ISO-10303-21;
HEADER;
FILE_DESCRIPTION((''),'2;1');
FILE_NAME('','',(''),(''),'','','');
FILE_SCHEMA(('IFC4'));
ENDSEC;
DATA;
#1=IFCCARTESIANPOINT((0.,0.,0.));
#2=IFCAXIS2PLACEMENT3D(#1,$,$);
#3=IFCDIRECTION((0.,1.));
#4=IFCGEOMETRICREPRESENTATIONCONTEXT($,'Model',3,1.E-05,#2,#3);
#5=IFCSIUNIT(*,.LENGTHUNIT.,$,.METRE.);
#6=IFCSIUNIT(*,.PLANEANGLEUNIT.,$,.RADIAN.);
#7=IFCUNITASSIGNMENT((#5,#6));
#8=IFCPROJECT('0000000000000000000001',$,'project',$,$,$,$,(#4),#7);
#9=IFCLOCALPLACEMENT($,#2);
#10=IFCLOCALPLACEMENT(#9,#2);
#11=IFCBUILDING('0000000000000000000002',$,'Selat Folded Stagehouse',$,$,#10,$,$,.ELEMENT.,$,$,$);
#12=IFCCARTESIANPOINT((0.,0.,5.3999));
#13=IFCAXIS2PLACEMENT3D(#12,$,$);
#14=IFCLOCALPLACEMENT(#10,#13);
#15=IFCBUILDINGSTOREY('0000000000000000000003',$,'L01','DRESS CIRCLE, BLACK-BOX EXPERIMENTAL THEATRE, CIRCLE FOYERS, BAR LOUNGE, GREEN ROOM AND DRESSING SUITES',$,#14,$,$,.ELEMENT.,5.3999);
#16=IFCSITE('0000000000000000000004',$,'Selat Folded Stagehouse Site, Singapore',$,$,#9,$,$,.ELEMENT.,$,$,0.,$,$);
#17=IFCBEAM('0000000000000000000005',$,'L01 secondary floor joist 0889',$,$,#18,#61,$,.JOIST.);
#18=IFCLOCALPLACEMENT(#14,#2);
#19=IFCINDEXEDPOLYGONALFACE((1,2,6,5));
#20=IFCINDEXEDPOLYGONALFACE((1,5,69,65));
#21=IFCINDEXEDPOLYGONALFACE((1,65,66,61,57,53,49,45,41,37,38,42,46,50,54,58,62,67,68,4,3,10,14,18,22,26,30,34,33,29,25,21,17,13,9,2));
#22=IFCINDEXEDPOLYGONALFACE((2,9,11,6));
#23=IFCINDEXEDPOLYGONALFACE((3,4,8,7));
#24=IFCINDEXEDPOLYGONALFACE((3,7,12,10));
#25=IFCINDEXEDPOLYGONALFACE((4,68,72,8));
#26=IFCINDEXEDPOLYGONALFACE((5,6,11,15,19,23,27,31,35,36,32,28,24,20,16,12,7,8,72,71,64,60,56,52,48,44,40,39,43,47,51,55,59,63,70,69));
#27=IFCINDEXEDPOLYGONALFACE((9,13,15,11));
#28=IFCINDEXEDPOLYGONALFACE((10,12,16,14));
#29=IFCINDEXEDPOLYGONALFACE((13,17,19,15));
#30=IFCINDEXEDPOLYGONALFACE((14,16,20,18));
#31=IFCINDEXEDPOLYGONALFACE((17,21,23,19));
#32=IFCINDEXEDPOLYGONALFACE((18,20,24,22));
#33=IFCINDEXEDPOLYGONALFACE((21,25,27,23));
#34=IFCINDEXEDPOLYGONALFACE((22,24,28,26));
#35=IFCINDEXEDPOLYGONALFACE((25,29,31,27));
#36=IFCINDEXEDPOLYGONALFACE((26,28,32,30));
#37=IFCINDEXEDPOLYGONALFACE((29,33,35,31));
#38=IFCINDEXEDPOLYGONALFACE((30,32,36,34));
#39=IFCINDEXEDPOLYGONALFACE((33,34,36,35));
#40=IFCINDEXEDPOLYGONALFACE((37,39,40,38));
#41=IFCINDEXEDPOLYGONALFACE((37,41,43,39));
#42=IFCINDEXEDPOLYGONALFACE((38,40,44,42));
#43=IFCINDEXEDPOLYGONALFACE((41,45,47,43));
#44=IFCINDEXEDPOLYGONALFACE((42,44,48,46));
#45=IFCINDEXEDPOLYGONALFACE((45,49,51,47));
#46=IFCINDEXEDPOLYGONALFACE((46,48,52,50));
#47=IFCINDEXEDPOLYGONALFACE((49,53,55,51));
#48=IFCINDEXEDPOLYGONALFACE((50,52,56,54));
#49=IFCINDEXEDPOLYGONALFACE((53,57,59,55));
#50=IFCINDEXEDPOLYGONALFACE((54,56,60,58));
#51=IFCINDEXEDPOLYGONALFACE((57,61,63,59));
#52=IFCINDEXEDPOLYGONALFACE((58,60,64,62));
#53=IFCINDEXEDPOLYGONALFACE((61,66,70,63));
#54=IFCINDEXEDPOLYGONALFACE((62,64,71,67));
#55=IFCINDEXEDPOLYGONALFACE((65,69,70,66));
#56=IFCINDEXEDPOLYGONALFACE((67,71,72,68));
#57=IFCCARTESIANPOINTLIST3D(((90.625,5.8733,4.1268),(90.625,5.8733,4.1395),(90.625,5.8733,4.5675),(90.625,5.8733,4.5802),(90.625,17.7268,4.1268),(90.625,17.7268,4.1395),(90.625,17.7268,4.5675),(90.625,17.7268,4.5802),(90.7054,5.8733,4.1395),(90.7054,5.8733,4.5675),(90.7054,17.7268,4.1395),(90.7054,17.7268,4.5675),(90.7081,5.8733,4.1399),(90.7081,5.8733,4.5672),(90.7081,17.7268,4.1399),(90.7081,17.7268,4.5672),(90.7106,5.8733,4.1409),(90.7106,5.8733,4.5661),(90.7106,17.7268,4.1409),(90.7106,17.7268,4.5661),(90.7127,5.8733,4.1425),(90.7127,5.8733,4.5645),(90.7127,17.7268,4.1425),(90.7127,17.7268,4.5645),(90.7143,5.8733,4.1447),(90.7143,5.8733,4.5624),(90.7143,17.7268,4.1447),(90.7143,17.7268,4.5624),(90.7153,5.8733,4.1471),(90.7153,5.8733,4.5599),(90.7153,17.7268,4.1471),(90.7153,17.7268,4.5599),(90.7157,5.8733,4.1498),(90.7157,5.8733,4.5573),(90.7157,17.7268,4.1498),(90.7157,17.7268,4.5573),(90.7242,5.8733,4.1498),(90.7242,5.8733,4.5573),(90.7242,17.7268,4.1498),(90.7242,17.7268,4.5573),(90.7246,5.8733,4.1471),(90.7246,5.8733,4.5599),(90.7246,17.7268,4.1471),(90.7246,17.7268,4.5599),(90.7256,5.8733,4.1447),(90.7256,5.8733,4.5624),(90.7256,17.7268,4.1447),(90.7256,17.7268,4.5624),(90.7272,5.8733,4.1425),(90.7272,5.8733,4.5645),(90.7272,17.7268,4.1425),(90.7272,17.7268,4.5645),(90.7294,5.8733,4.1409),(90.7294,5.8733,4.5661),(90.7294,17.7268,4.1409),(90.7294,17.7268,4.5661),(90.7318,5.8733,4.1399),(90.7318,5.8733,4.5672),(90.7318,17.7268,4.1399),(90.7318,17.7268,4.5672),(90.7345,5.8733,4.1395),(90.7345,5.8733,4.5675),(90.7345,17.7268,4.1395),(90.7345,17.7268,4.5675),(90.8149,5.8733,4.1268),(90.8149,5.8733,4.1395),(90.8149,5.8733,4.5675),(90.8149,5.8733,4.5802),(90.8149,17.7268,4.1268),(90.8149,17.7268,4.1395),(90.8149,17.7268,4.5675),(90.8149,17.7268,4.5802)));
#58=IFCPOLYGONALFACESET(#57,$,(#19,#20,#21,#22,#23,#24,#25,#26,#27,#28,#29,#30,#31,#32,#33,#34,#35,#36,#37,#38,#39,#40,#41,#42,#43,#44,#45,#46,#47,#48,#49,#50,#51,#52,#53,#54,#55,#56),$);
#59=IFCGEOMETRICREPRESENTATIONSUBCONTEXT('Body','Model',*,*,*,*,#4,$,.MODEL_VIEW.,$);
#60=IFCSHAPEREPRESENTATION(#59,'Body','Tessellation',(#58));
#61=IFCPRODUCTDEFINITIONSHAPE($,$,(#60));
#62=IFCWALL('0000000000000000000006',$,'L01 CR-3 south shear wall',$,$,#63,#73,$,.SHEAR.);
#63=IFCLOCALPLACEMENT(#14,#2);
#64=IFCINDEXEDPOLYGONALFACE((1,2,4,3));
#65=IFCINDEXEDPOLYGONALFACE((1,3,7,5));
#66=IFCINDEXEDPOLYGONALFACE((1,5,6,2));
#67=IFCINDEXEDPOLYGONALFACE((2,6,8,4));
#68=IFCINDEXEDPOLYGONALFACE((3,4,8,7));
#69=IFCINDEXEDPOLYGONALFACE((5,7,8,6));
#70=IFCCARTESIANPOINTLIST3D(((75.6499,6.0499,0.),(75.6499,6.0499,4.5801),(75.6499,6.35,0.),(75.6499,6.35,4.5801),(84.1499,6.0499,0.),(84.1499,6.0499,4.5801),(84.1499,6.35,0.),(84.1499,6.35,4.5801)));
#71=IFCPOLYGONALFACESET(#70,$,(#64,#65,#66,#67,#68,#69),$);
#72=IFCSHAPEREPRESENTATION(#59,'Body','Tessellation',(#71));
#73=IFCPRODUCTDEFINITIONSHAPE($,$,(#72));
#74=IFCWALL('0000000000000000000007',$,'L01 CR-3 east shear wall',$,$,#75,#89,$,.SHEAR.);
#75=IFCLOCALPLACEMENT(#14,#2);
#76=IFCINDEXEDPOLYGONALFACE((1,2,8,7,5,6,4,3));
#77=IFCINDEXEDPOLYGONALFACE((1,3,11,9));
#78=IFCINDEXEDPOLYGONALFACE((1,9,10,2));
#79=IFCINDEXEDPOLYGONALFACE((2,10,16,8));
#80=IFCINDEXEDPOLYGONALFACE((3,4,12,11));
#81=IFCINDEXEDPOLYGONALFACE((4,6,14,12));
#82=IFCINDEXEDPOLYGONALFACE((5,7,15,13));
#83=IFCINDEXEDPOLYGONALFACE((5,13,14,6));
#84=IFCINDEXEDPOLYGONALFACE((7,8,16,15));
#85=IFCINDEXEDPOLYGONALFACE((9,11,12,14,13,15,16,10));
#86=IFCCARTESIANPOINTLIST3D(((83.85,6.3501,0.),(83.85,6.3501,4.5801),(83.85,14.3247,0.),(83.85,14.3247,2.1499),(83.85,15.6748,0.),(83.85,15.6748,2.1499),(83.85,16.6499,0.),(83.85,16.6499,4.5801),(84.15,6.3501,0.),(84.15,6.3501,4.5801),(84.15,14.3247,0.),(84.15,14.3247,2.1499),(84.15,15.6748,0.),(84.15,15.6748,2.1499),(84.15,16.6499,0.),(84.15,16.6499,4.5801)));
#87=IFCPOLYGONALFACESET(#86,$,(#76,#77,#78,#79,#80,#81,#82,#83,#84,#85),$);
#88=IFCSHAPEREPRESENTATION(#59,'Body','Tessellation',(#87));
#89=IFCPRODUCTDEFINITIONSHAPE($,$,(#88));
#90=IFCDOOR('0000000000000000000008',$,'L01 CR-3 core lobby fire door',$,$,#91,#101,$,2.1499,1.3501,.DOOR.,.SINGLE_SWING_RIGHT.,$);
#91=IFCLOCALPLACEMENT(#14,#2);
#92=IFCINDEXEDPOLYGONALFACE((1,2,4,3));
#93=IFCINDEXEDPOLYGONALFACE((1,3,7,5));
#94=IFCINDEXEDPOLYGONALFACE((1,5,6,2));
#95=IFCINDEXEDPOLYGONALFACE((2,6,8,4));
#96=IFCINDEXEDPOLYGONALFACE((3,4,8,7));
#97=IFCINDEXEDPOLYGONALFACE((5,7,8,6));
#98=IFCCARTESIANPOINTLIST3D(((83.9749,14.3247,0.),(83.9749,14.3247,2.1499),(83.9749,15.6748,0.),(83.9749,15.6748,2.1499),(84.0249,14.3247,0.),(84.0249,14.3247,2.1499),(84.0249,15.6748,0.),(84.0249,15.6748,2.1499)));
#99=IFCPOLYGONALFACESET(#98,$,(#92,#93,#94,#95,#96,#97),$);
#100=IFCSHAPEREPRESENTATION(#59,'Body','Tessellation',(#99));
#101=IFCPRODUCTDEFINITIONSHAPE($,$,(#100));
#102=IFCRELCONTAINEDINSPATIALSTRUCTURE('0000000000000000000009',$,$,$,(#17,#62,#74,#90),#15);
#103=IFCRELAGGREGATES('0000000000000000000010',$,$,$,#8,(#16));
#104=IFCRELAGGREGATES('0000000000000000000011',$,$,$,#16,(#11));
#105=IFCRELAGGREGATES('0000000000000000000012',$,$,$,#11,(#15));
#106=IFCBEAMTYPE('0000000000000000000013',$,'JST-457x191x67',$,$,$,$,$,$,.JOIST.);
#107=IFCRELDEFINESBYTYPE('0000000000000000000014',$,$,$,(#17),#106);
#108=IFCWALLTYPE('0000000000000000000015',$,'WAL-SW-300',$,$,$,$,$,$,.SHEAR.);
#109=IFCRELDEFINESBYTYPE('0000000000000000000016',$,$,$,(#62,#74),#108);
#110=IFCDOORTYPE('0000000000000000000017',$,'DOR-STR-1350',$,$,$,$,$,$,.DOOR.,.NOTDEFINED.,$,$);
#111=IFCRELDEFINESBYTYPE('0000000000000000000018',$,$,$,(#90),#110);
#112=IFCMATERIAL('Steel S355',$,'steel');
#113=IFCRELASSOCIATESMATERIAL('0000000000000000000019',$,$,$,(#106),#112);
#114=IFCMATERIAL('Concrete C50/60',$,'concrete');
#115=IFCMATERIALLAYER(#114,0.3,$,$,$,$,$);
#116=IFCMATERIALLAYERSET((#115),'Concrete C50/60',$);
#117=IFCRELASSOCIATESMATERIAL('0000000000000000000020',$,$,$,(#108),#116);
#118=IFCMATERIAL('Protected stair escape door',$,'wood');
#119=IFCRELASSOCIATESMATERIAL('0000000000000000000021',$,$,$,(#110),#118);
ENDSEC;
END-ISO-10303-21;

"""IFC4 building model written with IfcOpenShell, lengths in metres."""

from ifc_helpers import new_model, si_unit, direction, frame, frame_2d, origin, origin_2d, place, context, subcontext, project, spatial, rectangle, i_section, extrude, material, layer, layer_set, material_profile, profile_set, type_object, element, fill, save


model = new_model("IFC4")

# Units and contexts
model_context = context("Model", 3, precision=1e-05, world=origin(), true_north=direction((0.0, 1.0)))
body_context = subcontext(model_context, "Body", "Model", "MODEL_VIEW")
ifc_project = project(units=[si_unit("LENGTHUNIT", "METRE"), si_unit("PLANEANGLEUNIT", "RADIAN")], contexts=[model_context])

# Site, building, storey
site_placement = place(None, origin())
site = spatial("IfcSite", under=ifc_project, at=site_placement, Name="Selat Folded Stagehouse Site, Singapore", CompositionType="ELEMENT", RefElevation=0.0)
building_placement = place(site_placement, origin())
building = spatial("IfcBuilding", under=site, at=building_placement, Name="Selat Folded Stagehouse", CompositionType="ELEMENT")
storey_placement = place(building_placement, frame((0.0, 0.0, 5.3999)))
storey = spatial("IfcBuildingStorey", under=building, at=storey_placement, Name="L01", Description="DRESS CIRCLE, BLACK-BOX EXPERIMENTAL THEATRE, CIRCLE FOYERS, BAR LOUNGE, GREEN ROOM AND DRESSING SUITES", CompositionType="ELEMENT", Elevation=5.3999)

# Shared definitions
ifc_material_1 = material(Name="Steel S355", Category="steel")

# Beam
ifc_material_profile_1 = material_profile(ifc_material_1, i_section(OverallWidth=0.1899, OverallDepth=0.4534, WebThickness=0.0085, FlangeThickness=0.0127, FilletRadius=0.0103, at=origin_2d()), Name="UKB 457x191x67")
ifc_profile_set_1 = profile_set([ifc_material_profile_1], Name="Steel S355")
beam_type_1 = type_object("IfcBeamType", Name="JST-457x191x67", PredefinedType="JOIST", material=ifc_profile_set_1)
for number, where, z_axis, x_axis, name in (
    (1, (90.72, 5.8733, 4.3535), (0.0, 1.0, 0.0), (-1.0, 0.0, 0.0), "L01 secondary floor joist 0889"),
):
    element("IfcBeam", number, at=place(storey_placement, frame(where, z_axis=z_axis, x_axis=x_axis)), inside=storey, type_object=beam_type_1, Name=name, PredefinedType="JOIST", context=body_context, shape_type="SweptSolid", body=[
        extrude(i_section(OverallWidth=0.1899, OverallDepth=0.4534, WebThickness=0.0085, FlangeThickness=0.0127, FilletRadius=0.0103, at=origin_2d()), origin(), (0.0, 0.0, 1.0), 11.8535),
    ])

# Wall
ifc_material_2 = material(Name="Concrete C50/60", Category="concrete")
ifc_layer_1 = layer(ifc_material_2, 0.3)
ifc_layer_set_1 = layer_set([ifc_layer_1], Name="Concrete C50/60")
wall_type_1 = type_object("IfcWallType", Name="WAL-SW-300", PredefinedType="SHEAR", material=ifc_layer_set_1)
wall_1_placement = place(storey_placement, frame((84.1499, 6.2, 0.0), z_axis=(0.0, 0.0, 1.0), x_axis=(-1.0, 0.0, 0.0)))
element("IfcWall", 2, at=wall_1_placement, inside=storey, type_object=wall_type_1, Name="L01 CR-3 south shear wall", PredefinedType="SHEAR", context=body_context, shape_type="SweptSolid", body=[
    extrude(rectangle(XDim=8.5, YDim=0.3, at=frame_2d((4.25, 0.0))), origin(), (0.0, 0.0, 1.0), 4.5801),
])

# Wall, opening, door
wall_2_placement = place(storey_placement, frame((84.0, 16.6499, 0.0), z_axis=(0.0, 0.0, 1.0), x_axis=(0.0, -1.0, 0.0)))
wall_2 = element("IfcWall", 3, at=wall_2_placement, inside=storey, type_object=wall_type_1, Name="L01 CR-3 east shear wall", PredefinedType="SHEAR", context=body_context, shape_type="SweptSolid", body=[
    extrude(rectangle(XDim=10.2998, YDim=0.3, at=frame_2d((5.1499, 0.0))), origin(), (0.0, 0.0, 1.0), 4.5801),
])
opening_1_placement = place(wall_2_placement, frame((0.9751, 0.0, 0.0)))
opening_1 = element("IfcOpeningElement", 4, at=opening_1_placement, cuts=wall_2, PredefinedType="OPENING", context=body_context, shape_type="SweptSolid", body=[
    extrude(rectangle(XDim=1.3501, YDim=2.1499, at=frame_2d((0.675, 1.075))), frame((0.0, 0.1599, 0.0), z_axis=(0.0, -1.0, 0.0), x_axis=(1.0, 0.0, 0.0)), (0.0, 0.0, 1.0), 0.3201),
])
ifc_material_3 = material(Name="Protected stair escape door", Category="wood")
door_type_1 = type_object("IfcDoorType", Name="DOR-STR-1350", OperationType="NOTDEFINED", PredefinedType="DOOR", material=ifc_material_3)
door_1_placement = place(opening_1_placement, origin())
door_1 = element("IfcDoor", 5, at=door_1_placement, inside=storey, type_object=door_type_1, Name="L01 CR-3 core lobby fire door", OperationType="SINGLE_SWING_RIGHT", OverallHeight=2.1499, OverallWidth=1.3501, PredefinedType="DOOR", context=body_context, shape_type="SweptSolid", body=[
    extrude(rectangle(XDim=1.3501, YDim=2.1499, at=frame_2d((0.675, 1.075))), frame((0.0, 0.0249, 0.0), z_axis=(0.0, -1.0, 0.0), x_axis=(1.0, 0.0, 0.0)), (0.0, 0.0, 1.0), 0.05),
])
fill(opening_1, door_1)

save(model, "model.ifc")
